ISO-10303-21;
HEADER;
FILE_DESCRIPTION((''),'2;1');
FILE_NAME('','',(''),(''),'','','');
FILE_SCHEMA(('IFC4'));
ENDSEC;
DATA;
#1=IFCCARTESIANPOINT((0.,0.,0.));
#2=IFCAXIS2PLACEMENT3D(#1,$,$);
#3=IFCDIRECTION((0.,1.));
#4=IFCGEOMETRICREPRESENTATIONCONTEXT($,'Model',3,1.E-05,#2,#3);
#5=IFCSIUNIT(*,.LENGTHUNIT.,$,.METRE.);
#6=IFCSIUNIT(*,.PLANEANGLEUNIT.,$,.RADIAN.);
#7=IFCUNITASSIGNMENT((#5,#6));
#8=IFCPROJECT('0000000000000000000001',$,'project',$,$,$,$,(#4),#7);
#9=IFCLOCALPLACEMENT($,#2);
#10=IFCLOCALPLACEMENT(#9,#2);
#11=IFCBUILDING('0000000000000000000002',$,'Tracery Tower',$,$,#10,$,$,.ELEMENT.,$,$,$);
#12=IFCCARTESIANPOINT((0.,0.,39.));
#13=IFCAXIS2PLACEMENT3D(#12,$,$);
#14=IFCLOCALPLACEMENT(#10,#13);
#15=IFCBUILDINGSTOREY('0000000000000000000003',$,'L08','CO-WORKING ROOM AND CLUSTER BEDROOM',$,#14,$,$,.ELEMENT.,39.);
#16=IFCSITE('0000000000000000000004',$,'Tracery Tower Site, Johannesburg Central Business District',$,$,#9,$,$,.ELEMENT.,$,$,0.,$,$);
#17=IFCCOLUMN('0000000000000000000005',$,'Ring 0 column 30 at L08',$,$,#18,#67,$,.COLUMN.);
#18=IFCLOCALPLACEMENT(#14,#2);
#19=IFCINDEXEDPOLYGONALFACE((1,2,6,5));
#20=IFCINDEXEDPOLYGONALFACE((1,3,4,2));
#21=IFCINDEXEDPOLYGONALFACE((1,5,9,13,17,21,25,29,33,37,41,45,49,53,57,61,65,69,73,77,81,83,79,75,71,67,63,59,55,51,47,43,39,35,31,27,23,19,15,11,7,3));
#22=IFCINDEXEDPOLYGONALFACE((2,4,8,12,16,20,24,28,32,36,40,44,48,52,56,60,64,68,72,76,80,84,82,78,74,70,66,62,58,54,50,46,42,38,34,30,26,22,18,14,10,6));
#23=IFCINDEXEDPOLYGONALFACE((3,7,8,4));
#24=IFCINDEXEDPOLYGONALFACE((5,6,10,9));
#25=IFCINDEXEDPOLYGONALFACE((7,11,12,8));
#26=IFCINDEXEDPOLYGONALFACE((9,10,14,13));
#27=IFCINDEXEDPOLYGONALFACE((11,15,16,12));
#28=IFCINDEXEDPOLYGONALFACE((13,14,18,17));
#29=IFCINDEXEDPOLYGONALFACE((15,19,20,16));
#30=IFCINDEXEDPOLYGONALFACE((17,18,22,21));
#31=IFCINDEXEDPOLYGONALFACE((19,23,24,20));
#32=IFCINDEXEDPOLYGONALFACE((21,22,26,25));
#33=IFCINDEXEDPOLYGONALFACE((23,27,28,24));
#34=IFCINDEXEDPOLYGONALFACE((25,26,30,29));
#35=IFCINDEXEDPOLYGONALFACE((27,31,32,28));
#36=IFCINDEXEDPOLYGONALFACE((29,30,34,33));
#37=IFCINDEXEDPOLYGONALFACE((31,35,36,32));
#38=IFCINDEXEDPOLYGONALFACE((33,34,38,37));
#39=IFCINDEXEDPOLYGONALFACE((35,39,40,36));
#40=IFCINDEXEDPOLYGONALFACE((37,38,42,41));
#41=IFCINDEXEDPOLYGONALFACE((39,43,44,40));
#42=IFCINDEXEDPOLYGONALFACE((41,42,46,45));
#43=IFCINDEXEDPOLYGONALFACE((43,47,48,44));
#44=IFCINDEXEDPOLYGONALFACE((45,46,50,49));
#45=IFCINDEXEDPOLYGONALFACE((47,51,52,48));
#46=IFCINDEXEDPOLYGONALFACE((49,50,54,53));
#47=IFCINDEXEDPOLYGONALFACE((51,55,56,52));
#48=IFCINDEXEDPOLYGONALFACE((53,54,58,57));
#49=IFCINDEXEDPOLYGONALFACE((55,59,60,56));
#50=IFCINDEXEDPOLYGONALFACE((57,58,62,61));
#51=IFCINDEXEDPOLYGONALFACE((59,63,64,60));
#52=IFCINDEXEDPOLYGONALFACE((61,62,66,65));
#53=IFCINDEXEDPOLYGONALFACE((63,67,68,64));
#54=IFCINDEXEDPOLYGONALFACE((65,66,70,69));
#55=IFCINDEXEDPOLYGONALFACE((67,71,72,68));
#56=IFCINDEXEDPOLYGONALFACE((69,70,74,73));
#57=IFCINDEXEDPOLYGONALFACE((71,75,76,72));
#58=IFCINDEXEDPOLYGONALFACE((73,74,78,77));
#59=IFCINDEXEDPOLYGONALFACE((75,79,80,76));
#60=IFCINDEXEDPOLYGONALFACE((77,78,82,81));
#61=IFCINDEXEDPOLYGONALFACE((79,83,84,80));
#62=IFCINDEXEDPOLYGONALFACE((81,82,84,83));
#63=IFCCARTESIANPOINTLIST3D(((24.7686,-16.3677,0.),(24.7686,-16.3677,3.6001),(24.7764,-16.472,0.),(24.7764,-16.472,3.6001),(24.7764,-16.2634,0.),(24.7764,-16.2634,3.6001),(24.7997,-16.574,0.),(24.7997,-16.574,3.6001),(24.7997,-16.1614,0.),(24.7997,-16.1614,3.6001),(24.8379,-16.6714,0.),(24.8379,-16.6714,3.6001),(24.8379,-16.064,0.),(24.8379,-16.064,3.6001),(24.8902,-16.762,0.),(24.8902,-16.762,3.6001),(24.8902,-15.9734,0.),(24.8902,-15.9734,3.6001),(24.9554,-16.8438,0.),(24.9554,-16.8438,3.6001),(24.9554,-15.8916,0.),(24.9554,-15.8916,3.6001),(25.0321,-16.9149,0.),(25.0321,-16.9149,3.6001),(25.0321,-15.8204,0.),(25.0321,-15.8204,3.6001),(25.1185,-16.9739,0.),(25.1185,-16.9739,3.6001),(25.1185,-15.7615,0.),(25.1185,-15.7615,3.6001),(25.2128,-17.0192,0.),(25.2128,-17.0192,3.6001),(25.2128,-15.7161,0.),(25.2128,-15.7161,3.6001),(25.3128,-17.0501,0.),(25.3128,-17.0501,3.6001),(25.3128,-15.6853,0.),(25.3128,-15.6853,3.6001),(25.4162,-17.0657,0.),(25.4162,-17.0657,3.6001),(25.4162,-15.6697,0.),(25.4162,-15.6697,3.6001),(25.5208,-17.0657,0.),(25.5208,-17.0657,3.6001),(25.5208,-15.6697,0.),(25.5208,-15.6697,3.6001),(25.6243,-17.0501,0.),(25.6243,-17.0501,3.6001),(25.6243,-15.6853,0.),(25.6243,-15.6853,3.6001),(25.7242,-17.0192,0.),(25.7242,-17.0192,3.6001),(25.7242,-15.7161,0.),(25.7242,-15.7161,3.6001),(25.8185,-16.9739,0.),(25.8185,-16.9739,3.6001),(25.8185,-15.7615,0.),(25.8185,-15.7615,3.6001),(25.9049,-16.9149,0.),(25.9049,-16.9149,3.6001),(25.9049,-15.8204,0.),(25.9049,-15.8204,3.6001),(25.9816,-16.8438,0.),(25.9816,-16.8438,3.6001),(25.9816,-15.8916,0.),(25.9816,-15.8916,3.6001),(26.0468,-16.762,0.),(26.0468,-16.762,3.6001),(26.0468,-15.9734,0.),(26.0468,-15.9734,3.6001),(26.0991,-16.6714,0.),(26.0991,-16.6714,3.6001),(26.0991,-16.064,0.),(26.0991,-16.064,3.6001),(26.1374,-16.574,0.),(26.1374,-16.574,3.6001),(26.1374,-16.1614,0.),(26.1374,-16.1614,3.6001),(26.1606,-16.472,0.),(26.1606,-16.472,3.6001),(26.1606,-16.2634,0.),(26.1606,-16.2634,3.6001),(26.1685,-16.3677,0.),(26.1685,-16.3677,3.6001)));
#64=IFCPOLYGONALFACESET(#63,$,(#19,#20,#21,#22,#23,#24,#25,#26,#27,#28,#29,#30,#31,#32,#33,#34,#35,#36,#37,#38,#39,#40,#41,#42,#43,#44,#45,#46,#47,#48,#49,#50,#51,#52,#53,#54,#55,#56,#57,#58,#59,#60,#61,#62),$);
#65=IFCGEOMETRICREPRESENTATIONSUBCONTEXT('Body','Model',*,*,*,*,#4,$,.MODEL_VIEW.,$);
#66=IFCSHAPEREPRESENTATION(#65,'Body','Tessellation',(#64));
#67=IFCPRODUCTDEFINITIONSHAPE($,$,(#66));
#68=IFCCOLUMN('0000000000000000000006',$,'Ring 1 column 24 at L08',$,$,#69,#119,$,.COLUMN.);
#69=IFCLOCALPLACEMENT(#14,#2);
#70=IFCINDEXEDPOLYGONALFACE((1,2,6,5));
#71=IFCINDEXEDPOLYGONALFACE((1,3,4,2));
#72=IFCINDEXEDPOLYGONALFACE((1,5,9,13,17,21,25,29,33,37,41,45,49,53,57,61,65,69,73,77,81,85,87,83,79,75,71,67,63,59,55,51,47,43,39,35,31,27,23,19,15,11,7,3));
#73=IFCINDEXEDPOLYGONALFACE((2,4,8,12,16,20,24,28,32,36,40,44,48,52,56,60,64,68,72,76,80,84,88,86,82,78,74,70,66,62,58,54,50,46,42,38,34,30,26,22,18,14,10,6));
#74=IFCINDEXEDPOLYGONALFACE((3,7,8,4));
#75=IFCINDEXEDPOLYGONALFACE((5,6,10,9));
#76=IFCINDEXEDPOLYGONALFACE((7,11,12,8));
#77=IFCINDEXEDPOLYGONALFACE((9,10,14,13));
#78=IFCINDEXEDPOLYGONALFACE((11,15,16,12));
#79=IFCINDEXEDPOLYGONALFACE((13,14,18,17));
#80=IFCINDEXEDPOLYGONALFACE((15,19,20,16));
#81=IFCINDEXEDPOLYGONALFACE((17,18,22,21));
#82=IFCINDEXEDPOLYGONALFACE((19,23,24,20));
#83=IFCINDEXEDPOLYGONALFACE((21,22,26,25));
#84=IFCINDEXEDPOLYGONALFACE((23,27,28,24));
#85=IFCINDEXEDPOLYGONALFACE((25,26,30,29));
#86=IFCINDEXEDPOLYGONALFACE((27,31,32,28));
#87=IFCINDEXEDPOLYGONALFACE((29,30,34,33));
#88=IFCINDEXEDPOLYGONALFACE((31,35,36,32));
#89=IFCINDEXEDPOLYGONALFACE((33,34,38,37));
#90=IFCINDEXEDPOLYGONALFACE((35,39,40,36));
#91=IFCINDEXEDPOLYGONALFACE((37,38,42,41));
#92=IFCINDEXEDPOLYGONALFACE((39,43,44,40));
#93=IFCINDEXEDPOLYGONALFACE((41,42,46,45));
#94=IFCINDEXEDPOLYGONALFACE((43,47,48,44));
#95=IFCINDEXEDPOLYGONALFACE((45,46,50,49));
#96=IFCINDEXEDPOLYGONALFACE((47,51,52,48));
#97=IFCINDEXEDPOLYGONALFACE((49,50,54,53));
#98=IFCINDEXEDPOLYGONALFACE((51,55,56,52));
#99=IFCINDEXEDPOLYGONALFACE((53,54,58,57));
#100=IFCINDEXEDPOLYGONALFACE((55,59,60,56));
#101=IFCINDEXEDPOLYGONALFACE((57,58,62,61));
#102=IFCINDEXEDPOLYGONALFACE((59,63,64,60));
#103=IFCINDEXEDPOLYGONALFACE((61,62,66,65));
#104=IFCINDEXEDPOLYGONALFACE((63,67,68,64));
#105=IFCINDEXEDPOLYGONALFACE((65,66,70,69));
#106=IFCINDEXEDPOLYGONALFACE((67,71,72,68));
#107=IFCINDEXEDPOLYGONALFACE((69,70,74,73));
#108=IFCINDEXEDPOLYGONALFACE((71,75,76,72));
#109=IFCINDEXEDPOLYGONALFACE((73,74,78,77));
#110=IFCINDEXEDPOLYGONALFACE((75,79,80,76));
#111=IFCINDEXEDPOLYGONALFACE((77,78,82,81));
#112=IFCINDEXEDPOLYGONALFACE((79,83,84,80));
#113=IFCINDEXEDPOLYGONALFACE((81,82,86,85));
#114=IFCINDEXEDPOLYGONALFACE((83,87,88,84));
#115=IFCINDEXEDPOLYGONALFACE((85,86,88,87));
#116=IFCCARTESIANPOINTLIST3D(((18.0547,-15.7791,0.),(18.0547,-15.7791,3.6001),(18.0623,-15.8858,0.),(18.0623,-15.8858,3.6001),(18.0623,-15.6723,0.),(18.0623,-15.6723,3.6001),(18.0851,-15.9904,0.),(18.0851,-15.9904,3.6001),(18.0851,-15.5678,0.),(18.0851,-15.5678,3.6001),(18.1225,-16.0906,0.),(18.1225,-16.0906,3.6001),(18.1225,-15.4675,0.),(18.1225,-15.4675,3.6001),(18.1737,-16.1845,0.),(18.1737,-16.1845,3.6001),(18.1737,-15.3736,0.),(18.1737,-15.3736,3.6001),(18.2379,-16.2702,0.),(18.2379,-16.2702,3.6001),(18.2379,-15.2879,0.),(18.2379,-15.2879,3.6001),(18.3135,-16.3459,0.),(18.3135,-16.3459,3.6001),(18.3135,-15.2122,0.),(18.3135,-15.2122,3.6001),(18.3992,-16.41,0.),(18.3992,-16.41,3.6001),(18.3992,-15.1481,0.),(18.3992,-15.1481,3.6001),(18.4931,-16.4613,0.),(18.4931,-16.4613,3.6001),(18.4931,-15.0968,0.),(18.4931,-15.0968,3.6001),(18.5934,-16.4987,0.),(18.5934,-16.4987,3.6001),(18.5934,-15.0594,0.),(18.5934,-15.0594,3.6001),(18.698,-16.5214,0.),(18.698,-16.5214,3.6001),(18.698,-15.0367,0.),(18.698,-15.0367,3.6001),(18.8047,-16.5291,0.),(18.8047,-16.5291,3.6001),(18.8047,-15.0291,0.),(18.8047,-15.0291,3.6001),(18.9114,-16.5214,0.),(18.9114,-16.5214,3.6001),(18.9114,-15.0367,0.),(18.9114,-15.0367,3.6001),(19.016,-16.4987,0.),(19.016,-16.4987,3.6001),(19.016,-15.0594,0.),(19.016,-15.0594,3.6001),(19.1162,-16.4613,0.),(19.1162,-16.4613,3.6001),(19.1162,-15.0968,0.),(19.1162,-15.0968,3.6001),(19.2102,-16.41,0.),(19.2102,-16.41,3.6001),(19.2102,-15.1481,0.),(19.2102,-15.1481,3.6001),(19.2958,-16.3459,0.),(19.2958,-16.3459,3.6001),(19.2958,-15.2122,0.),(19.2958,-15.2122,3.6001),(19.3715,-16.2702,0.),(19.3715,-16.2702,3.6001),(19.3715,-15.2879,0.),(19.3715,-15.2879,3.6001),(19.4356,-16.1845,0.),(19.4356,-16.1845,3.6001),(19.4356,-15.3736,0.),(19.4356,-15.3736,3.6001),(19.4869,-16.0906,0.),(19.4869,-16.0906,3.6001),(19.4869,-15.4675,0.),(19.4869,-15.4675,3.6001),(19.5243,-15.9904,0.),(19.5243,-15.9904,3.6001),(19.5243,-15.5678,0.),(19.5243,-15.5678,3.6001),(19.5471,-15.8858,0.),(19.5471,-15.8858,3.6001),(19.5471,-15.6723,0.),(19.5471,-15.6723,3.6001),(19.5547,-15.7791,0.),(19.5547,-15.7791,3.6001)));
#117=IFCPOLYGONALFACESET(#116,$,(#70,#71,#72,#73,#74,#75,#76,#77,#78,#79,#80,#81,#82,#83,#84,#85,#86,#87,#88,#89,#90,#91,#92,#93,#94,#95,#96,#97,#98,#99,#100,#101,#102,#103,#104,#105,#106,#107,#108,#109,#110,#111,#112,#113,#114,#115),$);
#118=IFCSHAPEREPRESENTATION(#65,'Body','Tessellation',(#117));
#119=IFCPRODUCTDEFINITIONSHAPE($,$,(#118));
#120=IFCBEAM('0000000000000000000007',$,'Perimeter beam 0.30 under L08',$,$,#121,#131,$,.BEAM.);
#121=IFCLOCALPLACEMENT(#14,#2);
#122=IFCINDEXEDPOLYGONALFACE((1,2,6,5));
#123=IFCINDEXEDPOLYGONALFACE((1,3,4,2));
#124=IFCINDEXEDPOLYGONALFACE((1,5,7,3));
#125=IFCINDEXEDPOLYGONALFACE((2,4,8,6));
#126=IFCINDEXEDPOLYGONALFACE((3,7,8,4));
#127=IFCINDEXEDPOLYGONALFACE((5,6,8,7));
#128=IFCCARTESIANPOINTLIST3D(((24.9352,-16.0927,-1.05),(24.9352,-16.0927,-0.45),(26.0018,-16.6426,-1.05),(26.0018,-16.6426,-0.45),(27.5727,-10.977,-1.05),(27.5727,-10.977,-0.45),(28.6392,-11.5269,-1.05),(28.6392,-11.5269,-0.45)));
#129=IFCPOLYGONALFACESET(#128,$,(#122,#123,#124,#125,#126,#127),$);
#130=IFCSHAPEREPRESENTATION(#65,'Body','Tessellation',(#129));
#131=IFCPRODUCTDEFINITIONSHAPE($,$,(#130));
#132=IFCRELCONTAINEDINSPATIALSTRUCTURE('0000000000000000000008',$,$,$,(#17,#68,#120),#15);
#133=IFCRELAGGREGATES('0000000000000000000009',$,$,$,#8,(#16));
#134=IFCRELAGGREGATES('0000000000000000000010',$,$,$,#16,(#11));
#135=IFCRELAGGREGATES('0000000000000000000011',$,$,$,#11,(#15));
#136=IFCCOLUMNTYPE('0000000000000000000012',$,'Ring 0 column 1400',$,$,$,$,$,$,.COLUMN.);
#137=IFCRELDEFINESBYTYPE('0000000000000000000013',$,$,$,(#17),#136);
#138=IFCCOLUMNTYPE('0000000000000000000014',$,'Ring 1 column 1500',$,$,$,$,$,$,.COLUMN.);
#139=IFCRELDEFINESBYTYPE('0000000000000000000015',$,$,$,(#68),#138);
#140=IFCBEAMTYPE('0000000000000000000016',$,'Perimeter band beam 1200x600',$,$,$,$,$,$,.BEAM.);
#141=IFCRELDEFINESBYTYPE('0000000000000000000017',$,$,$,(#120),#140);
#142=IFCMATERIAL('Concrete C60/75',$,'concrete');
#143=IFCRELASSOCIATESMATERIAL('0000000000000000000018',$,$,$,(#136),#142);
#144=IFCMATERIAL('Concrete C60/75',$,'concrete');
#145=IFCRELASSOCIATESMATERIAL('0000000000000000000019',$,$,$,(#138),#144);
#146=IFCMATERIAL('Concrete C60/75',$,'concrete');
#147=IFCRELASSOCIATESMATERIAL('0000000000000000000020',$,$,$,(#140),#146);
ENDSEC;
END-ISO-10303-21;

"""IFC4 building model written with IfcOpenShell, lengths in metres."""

from ifc_helpers import new_model, si_unit, direction, frame, origin, origin_2d, place, context, subcontext, project, spatial, rectangle, circle, extrude, material, material_profile, profile_set, type_object, element, save


model = new_model("IFC4")

# Units and contexts
model_context = context("Model", 3, precision=1e-05, world=origin(), true_north=direction((0.0, 1.0)))
body_context = subcontext(model_context, "Body", "Model", "MODEL_VIEW")
ifc_project = project(units=[si_unit("LENGTHUNIT", "METRE"), si_unit("PLANEANGLEUNIT", "RADIAN")], contexts=[model_context])

# Site, building, storey
site_placement = place(None, origin())
site = spatial("IfcSite", under=ifc_project, at=site_placement, Name="Tracery Tower Site, Johannesburg Central Business District", CompositionType="ELEMENT", RefElevation=0.0)
building_placement = place(site_placement, origin())
building = spatial("IfcBuilding", under=site, at=building_placement, Name="Tracery Tower", CompositionType="ELEMENT")
storey_placement = place(building_placement, frame((0.0, 0.0, 39.0)))
storey = spatial("IfcBuildingStorey", under=building, at=storey_placement, Name="L08", Description="CO-WORKING ROOM AND CLUSTER BEDROOM", CompositionType="ELEMENT", Elevation=39.0)

# Columns
ifc_material_1 = material(Name="Concrete C60/75", Category="concrete")
ifc_material_profile_1 = material_profile(ifc_material_1, circle(Radius=0.7, at=origin_2d()), Name="RC D1400")
ifc_profile_set_1 = profile_set([ifc_material_profile_1], Name="Concrete C60/75")
column_type_1 = type_object("IfcColumnType", Name="Ring 0 column 1400", PredefinedType="COLUMN", material=ifc_profile_set_1)
column_1_placement = place(storey_placement, frame((25.4685, -16.3677, 0.0), z_axis=(0.0, 0.0, 1.0), x_axis=(1.0, 0.0, 0.0)))
element("IfcColumn", 1, at=column_1_placement, inside=storey, type_object=column_type_1, Name="Ring 0 column 30 at L08", PredefinedType="COLUMN", context=body_context, shape_type="SweptSolid", body=[
    extrude(circle(Radius=0.7, at=origin_2d()), origin(), (0.0, 0.0, 1.0), 3.6001),
])
ifc_material_2 = material(Name="Concrete C60/75", Category="concrete")
ifc_material_profile_2 = material_profile(ifc_material_2, circle(Radius=0.75, at=origin_2d()), Name="RC D1500")
ifc_profile_set_2 = profile_set([ifc_material_profile_2], Name="Concrete C60/75")
column_type_2 = type_object("IfcColumnType", Name="Ring 1 column 1500", PredefinedType="COLUMN", material=ifc_profile_set_2)
column_2_placement = place(storey_placement, frame((18.8047, -15.7791, 0.0), z_axis=(0.0, 0.0, 1.0), x_axis=(1.0, 0.0, 0.0)))
element("IfcColumn", 2, at=column_2_placement, inside=storey, type_object=column_type_2, Name="Ring 1 column 24 at L08", PredefinedType="COLUMN", context=body_context, shape_type="SweptSolid", body=[
    extrude(circle(Radius=0.75, at=origin_2d()), origin(), (0.0, 0.0, 1.0), 3.6001),
])

# Beam
ifc_material_3 = material(Name="Concrete C60/75", Category="concrete")
ifc_material_profile_3 = material_profile(ifc_material_3, rectangle(XDim=1.2, YDim=0.6001, at=origin_2d()), Name="RC 1200x600")
ifc_profile_set_3 = profile_set([ifc_material_profile_3], Name="Concrete C60/75")
beam_type = type_object("IfcBeamType", Name="Perimeter band beam 1200x600", PredefinedType="BEAM", material=ifc_profile_set_3)
beam_placement = place(storey_placement, frame((25.4685, -16.3677, -0.75), z_axis=(0.458242, 0.888827, 0.0), x_axis=(-0.888827, 0.458242, 0.0)))
element("IfcBeam", 3, at=beam_placement, inside=storey, type_object=beam_type, Name="Perimeter beam 0.30 under L08", PredefinedType="BEAM", context=body_context, shape_type="SweptSolid", body=[
    extrude(rectangle(XDim=1.2, YDim=0.6001, at=origin_2d()), origin(), (0.0, 0.0, 1.0), 5.7556),
])

save(model, "model.ifc")
